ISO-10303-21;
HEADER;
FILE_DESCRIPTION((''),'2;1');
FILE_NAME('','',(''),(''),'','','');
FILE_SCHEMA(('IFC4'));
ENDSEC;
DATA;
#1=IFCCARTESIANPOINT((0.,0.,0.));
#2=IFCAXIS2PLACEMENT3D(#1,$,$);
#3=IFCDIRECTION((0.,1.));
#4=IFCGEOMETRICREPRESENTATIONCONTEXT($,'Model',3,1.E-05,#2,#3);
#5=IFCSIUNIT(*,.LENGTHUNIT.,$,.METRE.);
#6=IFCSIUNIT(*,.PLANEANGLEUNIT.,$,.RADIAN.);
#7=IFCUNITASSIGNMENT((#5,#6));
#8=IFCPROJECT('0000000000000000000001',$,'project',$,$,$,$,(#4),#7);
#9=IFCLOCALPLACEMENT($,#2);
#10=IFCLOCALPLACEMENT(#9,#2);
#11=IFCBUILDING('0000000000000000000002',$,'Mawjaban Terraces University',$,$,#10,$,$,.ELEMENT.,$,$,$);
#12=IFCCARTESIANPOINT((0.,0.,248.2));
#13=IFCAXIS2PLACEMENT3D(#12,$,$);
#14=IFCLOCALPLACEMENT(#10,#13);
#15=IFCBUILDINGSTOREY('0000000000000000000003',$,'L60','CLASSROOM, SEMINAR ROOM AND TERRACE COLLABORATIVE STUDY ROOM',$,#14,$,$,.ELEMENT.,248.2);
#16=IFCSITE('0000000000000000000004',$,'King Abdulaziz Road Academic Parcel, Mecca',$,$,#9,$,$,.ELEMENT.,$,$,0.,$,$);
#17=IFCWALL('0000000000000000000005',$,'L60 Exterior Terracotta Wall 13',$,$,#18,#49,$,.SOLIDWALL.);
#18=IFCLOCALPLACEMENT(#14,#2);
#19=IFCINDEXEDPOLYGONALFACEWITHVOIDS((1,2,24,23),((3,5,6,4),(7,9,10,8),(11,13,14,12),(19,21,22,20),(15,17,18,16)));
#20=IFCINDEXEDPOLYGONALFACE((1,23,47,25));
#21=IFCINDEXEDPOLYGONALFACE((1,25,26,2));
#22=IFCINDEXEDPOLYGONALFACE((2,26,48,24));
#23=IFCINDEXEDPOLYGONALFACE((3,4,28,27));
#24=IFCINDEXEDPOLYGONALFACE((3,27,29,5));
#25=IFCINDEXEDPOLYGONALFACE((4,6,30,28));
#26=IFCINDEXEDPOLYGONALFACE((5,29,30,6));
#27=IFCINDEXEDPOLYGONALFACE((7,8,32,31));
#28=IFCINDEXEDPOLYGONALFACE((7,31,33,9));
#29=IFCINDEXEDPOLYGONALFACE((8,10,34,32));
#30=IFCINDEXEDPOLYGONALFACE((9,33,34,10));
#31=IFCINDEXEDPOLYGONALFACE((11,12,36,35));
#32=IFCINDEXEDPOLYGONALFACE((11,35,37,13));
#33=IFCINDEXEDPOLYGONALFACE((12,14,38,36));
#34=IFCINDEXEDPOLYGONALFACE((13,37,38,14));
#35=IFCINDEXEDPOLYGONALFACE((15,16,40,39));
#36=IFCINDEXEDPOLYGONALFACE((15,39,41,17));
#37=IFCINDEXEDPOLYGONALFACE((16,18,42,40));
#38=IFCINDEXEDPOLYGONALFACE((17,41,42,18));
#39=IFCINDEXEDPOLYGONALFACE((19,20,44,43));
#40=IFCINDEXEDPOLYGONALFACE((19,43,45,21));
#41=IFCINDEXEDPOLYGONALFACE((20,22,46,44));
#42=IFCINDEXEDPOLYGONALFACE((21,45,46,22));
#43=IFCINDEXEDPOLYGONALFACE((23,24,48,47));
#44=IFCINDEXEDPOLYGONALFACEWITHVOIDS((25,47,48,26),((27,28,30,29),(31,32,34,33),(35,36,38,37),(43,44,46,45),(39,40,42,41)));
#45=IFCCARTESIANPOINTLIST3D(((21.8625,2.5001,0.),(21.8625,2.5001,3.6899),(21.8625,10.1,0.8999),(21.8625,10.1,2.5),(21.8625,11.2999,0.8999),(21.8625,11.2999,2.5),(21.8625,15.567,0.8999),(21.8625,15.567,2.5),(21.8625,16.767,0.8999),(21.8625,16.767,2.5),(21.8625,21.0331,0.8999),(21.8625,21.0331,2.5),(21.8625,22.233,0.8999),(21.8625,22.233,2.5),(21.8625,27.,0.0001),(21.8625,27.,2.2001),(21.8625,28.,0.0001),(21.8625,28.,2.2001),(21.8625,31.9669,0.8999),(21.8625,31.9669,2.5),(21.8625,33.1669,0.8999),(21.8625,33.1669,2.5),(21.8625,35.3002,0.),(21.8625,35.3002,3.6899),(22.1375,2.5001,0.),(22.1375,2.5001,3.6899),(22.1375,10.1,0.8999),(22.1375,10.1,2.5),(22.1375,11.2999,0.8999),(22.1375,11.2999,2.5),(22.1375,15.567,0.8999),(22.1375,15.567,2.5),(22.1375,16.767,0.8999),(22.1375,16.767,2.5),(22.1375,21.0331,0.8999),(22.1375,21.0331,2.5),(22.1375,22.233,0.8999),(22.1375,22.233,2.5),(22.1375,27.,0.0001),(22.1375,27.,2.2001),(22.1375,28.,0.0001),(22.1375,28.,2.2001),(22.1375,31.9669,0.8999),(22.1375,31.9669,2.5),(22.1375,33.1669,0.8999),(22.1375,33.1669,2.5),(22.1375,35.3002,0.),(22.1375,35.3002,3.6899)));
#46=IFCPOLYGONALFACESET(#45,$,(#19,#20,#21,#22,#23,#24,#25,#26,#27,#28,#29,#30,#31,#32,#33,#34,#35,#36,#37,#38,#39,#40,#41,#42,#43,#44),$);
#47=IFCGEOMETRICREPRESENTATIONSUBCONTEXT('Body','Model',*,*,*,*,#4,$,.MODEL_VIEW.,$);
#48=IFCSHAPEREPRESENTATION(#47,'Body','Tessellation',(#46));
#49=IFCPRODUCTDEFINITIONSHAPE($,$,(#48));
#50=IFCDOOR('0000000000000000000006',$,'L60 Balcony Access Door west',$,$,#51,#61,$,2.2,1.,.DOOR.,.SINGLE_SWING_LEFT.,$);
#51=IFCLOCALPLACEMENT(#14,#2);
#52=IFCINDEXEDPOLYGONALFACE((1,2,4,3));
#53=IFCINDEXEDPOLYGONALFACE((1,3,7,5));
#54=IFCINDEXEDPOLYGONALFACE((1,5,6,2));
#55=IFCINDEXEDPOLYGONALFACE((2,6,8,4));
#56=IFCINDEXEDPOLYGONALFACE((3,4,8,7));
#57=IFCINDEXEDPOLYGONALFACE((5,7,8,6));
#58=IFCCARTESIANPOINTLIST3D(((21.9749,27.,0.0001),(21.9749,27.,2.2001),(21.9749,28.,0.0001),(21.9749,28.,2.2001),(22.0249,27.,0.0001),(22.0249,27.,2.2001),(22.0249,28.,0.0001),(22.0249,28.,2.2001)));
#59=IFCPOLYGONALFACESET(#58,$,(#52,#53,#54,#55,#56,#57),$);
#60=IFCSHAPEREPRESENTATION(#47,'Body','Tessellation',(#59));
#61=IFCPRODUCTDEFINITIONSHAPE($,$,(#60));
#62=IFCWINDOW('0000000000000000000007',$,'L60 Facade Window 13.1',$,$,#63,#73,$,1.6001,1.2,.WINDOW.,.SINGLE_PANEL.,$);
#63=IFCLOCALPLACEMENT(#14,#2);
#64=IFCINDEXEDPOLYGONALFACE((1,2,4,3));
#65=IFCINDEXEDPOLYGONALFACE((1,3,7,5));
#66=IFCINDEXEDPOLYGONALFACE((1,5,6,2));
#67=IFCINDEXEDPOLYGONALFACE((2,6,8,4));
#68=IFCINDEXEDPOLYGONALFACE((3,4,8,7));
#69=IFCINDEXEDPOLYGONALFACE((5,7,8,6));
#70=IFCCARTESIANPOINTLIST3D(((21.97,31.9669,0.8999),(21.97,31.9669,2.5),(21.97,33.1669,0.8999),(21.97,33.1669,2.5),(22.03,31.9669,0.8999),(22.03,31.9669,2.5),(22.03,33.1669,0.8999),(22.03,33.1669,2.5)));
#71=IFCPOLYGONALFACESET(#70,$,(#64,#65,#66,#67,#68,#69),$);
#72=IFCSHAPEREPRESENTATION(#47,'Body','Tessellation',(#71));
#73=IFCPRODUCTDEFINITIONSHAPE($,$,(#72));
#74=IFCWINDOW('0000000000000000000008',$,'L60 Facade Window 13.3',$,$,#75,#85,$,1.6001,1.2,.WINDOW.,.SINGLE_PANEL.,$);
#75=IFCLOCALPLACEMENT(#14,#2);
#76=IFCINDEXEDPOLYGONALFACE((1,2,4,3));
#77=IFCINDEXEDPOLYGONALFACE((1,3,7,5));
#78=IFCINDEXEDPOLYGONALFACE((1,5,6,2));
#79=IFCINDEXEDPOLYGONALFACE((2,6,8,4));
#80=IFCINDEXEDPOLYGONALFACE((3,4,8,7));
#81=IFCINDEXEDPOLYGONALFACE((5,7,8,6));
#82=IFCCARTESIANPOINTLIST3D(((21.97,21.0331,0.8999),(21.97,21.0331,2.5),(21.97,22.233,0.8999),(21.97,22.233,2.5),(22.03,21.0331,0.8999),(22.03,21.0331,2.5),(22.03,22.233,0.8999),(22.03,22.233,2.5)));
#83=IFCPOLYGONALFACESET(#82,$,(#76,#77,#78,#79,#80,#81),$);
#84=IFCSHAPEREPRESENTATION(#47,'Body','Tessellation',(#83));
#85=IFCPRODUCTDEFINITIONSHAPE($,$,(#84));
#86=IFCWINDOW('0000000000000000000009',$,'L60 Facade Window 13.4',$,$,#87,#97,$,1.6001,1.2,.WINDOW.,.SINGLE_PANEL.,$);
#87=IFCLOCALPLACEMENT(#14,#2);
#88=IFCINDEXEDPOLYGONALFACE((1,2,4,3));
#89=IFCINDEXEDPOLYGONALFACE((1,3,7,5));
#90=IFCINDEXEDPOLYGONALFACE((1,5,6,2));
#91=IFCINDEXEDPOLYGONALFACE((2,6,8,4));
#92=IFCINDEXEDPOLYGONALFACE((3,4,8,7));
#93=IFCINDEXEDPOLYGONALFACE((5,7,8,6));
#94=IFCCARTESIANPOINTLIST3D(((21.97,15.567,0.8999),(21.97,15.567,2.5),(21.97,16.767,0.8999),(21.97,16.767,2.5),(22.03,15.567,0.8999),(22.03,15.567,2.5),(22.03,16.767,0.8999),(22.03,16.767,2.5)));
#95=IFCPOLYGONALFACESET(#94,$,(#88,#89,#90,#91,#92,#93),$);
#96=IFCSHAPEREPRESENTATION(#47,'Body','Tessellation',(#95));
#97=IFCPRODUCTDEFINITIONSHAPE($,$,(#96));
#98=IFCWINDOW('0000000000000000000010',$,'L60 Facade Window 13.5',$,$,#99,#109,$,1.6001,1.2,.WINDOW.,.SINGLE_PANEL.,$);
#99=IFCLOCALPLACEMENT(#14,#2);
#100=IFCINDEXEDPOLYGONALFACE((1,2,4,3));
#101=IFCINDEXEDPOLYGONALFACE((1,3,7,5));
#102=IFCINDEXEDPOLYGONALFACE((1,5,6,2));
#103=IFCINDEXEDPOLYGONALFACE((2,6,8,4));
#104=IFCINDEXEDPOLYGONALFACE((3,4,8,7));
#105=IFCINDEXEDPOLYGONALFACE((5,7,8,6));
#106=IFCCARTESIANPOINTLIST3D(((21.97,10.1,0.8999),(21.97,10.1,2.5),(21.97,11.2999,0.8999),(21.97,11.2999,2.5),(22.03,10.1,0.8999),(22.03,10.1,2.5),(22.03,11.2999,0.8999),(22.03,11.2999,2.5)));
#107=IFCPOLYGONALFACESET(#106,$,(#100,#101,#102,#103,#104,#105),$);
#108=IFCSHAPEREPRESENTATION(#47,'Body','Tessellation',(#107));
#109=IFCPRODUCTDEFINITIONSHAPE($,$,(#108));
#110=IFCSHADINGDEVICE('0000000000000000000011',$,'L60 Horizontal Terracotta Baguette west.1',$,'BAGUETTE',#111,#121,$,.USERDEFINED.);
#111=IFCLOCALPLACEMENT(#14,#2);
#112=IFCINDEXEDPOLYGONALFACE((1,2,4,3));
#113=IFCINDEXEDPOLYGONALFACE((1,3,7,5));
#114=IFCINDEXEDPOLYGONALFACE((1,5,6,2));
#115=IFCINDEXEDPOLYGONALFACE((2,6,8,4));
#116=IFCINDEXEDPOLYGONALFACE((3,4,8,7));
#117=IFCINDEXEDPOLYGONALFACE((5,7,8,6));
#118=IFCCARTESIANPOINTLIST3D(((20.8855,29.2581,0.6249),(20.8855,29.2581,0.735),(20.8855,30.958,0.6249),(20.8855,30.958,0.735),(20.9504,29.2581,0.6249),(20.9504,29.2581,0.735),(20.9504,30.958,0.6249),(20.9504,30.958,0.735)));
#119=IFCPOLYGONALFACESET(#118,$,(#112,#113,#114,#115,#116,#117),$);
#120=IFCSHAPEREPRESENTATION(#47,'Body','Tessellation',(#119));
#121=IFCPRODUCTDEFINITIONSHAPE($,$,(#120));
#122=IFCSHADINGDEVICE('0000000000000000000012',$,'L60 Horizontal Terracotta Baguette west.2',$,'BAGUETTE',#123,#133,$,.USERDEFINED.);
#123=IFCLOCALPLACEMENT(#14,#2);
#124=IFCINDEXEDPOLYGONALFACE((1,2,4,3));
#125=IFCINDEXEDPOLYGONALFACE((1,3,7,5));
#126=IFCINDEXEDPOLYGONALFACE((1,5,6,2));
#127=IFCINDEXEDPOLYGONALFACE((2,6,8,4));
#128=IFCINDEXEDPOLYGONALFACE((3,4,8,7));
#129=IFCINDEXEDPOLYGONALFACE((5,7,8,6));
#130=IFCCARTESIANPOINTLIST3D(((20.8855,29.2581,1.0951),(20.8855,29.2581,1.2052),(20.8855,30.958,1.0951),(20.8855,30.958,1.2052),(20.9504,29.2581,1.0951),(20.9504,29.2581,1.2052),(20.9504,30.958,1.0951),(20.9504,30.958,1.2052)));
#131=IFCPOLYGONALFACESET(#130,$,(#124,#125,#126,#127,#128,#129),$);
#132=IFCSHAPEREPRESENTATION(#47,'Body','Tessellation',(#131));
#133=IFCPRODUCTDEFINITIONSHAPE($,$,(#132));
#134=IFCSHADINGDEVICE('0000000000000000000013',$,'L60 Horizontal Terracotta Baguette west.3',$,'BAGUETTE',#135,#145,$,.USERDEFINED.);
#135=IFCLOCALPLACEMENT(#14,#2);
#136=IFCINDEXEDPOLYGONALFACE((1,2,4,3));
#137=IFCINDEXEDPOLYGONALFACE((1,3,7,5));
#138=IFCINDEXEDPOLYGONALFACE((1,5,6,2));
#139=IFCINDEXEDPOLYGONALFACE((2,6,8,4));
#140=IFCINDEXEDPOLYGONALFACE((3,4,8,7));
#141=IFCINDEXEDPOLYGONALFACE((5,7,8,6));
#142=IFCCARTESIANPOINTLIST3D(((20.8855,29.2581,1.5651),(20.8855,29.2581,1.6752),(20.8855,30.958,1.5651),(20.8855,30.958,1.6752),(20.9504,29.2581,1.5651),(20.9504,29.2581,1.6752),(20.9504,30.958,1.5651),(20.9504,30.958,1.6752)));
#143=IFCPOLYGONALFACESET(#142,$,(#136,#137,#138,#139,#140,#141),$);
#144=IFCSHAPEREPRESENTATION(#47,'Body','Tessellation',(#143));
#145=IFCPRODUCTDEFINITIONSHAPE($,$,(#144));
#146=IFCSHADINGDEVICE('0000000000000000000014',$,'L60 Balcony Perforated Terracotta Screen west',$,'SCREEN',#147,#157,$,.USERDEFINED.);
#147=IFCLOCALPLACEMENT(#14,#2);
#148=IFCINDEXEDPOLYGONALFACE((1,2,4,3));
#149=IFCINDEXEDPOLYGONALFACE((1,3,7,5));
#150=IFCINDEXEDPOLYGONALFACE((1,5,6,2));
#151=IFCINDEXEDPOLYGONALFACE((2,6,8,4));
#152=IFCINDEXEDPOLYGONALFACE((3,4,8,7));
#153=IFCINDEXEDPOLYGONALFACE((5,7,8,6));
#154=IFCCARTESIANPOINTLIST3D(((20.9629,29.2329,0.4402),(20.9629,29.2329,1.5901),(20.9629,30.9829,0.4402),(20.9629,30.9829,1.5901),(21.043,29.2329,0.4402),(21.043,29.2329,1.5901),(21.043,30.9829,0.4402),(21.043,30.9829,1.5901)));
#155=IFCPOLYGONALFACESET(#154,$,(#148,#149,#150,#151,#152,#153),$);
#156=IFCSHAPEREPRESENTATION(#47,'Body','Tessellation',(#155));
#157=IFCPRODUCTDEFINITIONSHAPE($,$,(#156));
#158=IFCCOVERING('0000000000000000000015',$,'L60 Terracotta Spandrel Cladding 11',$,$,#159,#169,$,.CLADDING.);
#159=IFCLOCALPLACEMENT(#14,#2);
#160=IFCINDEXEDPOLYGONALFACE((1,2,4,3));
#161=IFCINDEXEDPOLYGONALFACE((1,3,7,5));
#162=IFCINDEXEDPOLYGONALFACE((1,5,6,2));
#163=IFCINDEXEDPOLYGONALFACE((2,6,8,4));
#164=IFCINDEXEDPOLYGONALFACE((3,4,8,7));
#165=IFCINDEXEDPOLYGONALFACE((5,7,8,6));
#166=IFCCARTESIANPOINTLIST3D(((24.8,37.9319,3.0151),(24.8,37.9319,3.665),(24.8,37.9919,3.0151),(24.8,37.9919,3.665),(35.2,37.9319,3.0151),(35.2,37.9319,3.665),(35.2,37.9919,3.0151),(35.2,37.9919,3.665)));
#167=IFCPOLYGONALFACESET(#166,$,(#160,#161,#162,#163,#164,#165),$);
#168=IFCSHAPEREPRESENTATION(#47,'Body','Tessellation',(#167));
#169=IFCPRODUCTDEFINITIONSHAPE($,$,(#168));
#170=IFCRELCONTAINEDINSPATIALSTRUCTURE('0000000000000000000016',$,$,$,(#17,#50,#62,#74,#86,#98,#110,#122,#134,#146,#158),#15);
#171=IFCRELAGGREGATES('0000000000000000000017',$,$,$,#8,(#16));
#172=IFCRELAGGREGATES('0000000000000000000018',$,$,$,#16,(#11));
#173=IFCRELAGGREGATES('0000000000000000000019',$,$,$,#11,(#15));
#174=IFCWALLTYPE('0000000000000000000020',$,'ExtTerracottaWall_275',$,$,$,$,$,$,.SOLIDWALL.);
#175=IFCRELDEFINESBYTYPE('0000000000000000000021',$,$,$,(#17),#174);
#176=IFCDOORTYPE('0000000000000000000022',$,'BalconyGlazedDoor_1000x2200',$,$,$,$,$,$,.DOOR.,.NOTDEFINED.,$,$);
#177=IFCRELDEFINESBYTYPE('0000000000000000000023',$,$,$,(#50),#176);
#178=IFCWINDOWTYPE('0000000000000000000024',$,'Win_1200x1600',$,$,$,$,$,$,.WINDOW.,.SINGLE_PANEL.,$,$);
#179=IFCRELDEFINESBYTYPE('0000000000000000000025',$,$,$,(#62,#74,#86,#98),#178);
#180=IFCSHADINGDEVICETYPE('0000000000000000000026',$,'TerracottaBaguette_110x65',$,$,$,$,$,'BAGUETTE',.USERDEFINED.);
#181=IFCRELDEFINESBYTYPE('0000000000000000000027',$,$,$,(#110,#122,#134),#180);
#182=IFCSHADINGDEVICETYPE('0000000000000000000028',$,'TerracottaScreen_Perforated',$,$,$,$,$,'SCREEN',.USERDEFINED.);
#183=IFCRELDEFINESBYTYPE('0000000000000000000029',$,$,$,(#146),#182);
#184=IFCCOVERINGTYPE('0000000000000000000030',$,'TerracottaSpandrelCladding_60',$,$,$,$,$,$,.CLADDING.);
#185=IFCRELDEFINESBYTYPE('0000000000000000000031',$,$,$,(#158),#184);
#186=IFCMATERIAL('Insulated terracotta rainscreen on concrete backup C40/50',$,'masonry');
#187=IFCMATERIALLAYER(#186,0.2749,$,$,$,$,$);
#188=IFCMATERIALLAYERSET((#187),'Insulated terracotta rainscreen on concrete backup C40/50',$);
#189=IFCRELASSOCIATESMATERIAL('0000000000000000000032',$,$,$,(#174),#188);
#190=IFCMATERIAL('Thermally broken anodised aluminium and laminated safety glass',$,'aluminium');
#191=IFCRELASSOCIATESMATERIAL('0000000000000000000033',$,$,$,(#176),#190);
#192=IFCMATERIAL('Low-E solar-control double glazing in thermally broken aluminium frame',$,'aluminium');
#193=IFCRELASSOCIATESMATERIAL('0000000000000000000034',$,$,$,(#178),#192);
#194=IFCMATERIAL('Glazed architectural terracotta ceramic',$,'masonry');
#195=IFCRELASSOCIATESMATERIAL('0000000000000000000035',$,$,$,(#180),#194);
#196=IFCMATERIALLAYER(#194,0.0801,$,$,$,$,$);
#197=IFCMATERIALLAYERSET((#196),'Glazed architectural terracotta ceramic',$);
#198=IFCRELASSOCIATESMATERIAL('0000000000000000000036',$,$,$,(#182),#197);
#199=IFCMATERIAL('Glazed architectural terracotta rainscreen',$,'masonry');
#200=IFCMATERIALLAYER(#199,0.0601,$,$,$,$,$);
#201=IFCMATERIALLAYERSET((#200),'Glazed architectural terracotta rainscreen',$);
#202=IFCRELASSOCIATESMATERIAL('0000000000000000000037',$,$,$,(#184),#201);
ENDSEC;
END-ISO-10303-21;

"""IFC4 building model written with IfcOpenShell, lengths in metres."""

from ifc_helpers import new_model, si_unit, direction, frame, frame_2d, origin, origin_2d, place, context, subcontext, project, spatial, rectangle, extrude, material, layer, layer_set, material_profile, profile_set, type_object, element, fill, save


model = new_model("IFC4")

# Units and contexts
model_context = context("Model", 3, precision=1e-05, world=origin(), true_north=direction((0.0, 1.0)))
body_context = subcontext(model_context, "Body", "Model", "MODEL_VIEW")
ifc_project = project(units=[si_unit("LENGTHUNIT", "METRE"), si_unit("PLANEANGLEUNIT", "RADIAN")], contexts=[model_context])

# Site, building, storey
site_placement = place(None, origin())
site = spatial("IfcSite", under=ifc_project, at=site_placement, Name="King Abdulaziz Road Academic Parcel, Mecca", CompositionType="ELEMENT", RefElevation=0.0)
building_placement = place(site_placement, origin())
building = spatial("IfcBuilding", under=site, at=building_placement, Name="Mawjaban Terraces University", CompositionType="ELEMENT")
storey_placement = place(building_placement, frame((0.0, 0.0, 248.2)))
storey = spatial("IfcBuildingStorey", under=building, at=storey_placement, Name="L60", Description="CLASSROOM, SEMINAR ROOM AND TERRACE COLLABORATIVE STUDY ROOM", CompositionType="ELEMENT", Elevation=248.2)

# Shared definitions
ifc_material_1 = material(Name="Insulated terracotta rainscreen on concrete backup C40/50", Category="masonry")
ifc_layer_1 = layer(ifc_material_1, 0.2749)
ifc_layer_set_1 = layer_set([ifc_layer_1], Name="Insulated terracotta rainscreen on concrete backup C40/50")
wall_type_1 = type_object("IfcWallType", Name="ExtTerracottaWall_275", PredefinedType="SOLIDWALL", material=ifc_layer_set_1)

# Wall, openings, door, windows
wall_1_placement = place(storey_placement, frame((22.0, 35.3, 0.0), z_axis=(0.0, 0.0, 1.0), x_axis=(0.0, -1.0, 0.0)))
wall_1 = element("IfcWall", 1, at=wall_1_placement, inside=storey, type_object=wall_type_1, Name="L60 Exterior Terracotta Wall 13", PredefinedType="SOLIDWALL", context=body_context, shape_type="SweptSolid", body=[
    extrude(rectangle(XDim=32.8, YDim=0.2749, at=frame_2d((16.3999, 0.0))), origin(), (0.0, 0.0, 1.0), 3.6899),
])
opening_1_placement = place(wall_1_placement, frame((7.3, 0.0, 0.0)))
opening_1 = element("IfcOpeningElement", 2, at=opening_1_placement, cuts=wall_1, PredefinedType="OPENING", context=body_context, shape_type="SweptSolid", body=[
    extrude(rectangle(XDim=1.0, YDim=2.2, at=frame_2d((0.5, 1.1001))), frame((0.0, 0.1475, 0.0), z_axis=(0.0, -1.0, 0.0), x_axis=(1.0, 0.0, 0.0)), (0.0, 0.0, 1.0), 0.2949),
])
opening_2_placement = place(wall_1_placement, frame((2.1331, 0.0, 0.8999)))
opening_2 = element("IfcOpeningElement", 3, at=opening_2_placement, cuts=wall_1, PredefinedType="OPENING", context=body_context, shape_type="SweptSolid", body=[
    extrude(rectangle(XDim=1.2, YDim=1.6001, at=frame_2d((0.6001, 0.8))), frame((0.0, 0.1475, 0.0), z_axis=(0.0, -1.0, 0.0), x_axis=(1.0, 0.0, 0.0)), (0.0, 0.0, 1.0), 0.2949),
])
opening_3_placement = place(wall_1_placement, frame((13.0669, 0.0, 0.8999)))
opening_3 = element("IfcOpeningElement", 4, at=opening_3_placement, cuts=wall_1, PredefinedType="OPENING", context=body_context, shape_type="SweptSolid", body=[
    extrude(rectangle(XDim=1.2, YDim=1.6001, at=frame_2d((0.6001, 0.8))), frame((0.0, 0.1475, 0.0), z_axis=(0.0, -1.0, 0.0), x_axis=(1.0, 0.0, 0.0)), (0.0, 0.0, 1.0), 0.2949),
])
opening_4_placement = place(wall_1_placement, frame((18.533, 0.0, 0.8999)))
opening_4 = element("IfcOpeningElement", 5, at=opening_4_placement, cuts=wall_1, PredefinedType="OPENING", context=body_context, shape_type="SweptSolid", body=[
    extrude(rectangle(XDim=1.2, YDim=1.6001, at=frame_2d((0.6001, 0.8))), frame((0.0, 0.1475, 0.0), z_axis=(0.0, -1.0, 0.0), x_axis=(1.0, 0.0, 0.0)), (0.0, 0.0, 1.0), 0.2949),
])
opening_5_placement = place(wall_1_placement, frame((24.0, 0.0, 0.8999)))
opening_5 = element("IfcOpeningElement", 6, at=opening_5_placement, cuts=wall_1, PredefinedType="OPENING", context=body_context, shape_type="SweptSolid", body=[
    extrude(rectangle(XDim=1.2, YDim=1.6001, at=frame_2d((0.6001, 0.8))), frame((0.0, 0.1475, 0.0), z_axis=(0.0, -1.0, 0.0), x_axis=(1.0, 0.0, 0.0)), (0.0, 0.0, 1.0), 0.2949),
])
ifc_material_2 = material(Name="Thermally broken anodised aluminium and laminated safety glass", Category="aluminium")
door_type_1 = type_object("IfcDoorType", Name="BalconyGlazedDoor_1000x2200", OperationType="NOTDEFINED", PredefinedType="DOOR", material=ifc_material_2)
door_1_placement = place(opening_1_placement, origin())
door_1 = element("IfcDoor", 7, at=door_1_placement, inside=storey, type_object=door_type_1, Name="L60 Balcony Access Door west", OperationType="SINGLE_SWING_LEFT", OverallHeight=2.2, OverallWidth=1.0, PredefinedType="DOOR", context=body_context, shape_type="SweptSolid", body=[
    extrude(rectangle(XDim=1.0, YDim=2.2, at=frame_2d((0.5, 1.1001))), frame((0.0, 0.0249, 0.0), z_axis=(0.0, -1.0, 0.0), x_axis=(1.0, 0.0, 0.0)), (0.0, 0.0, 1.0), 0.05),
])
fill(opening_1, door_1)
ifc_material_3 = material(Name="Low-E solar-control double glazing in thermally broken aluminium frame", Category="aluminium")
window_type = type_object("IfcWindowType", Name="Win_1200x1600", PartitioningType="SINGLE_PANEL", PredefinedType="WINDOW", material=ifc_material_3)
window_1_placement = place(opening_2_placement, origin())
window_1 = element("IfcWindow", 8, at=window_1_placement, inside=storey, type_object=window_type, Name="L60 Facade Window 13.1", OverallHeight=1.6001, OverallWidth=1.2, PartitioningType="SINGLE_PANEL", PredefinedType="WINDOW", context=body_context, shape_type="SweptSolid", body=[
    extrude(rectangle(XDim=1.2, YDim=1.6001, at=frame_2d((0.6001, 0.8))), frame((0.0, 0.03, 0.0), z_axis=(0.0, -1.0, 0.0), x_axis=(1.0, 0.0, 0.0)), (0.0, 0.0, 1.0), 0.0601),
])
fill(opening_2, window_1)
window_2_placement = place(opening_3_placement, origin())
window_2 = element("IfcWindow", 9, at=window_2_placement, inside=storey, type_object=window_type, Name="L60 Facade Window 13.3", OverallHeight=1.6001, OverallWidth=1.2, PartitioningType="SINGLE_PANEL", PredefinedType="WINDOW", context=body_context, shape_type="SweptSolid", body=[
    extrude(rectangle(XDim=1.2, YDim=1.6001, at=frame_2d((0.6001, 0.8))), frame((0.0, 0.03, 0.0), z_axis=(0.0, -1.0, 0.0), x_axis=(1.0, 0.0, 0.0)), (0.0, 0.0, 1.0), 0.0601),
])
fill(opening_3, window_2)
window_3_placement = place(opening_4_placement, origin())
window_3 = element("IfcWindow", 10, at=window_3_placement, inside=storey, type_object=window_type, Name="L60 Facade Window 13.4", OverallHeight=1.6001, OverallWidth=1.2, PartitioningType="SINGLE_PANEL", PredefinedType="WINDOW", context=body_context, shape_type="SweptSolid", body=[
    extrude(rectangle(XDim=1.2, YDim=1.6001, at=frame_2d((0.6001, 0.8))), frame((0.0, 0.03, 0.0), z_axis=(0.0, -1.0, 0.0), x_axis=(1.0, 0.0, 0.0)), (0.0, 0.0, 1.0), 0.0601),
])
fill(opening_4, window_3)
window_4_placement = place(opening_5_placement, origin())
window_4 = element("IfcWindow", 11, at=window_4_placement, inside=storey, type_object=window_type, Name="L60 Facade Window 13.5", OverallHeight=1.6001, OverallWidth=1.2, PartitioningType="SINGLE_PANEL", PredefinedType="WINDOW", context=body_context, shape_type="SweptSolid", body=[
    extrude(rectangle(XDim=1.2, YDim=1.6001, at=frame_2d((0.6001, 0.8))), frame((0.0, 0.03, 0.0), z_axis=(0.0, -1.0, 0.0), x_axis=(1.0, 0.0, 0.0)), (0.0, 0.0, 1.0), 0.0601),
])
fill(opening_5, window_4)

# Shading devices
ifc_material_4 = material(Name="Glazed architectural terracotta ceramic", Category="masonry")
ifc_material_profile_1 = material_profile(ifc_material_4, rectangle(XDim=0.0649, YDim=0.1101, at=origin_2d()), Name="TBAG110X65")
ifc_profile_set_1 = profile_set([ifc_material_profile_1], Name="Glazed architectural terracotta ceramic")
shading_device_type_1 = type_object("IfcShadingDeviceType", Name="TerracottaBaguette_110x65", ElementType="BAGUETTE", PredefinedType="USERDEFINED", material=ifc_profile_set_1)
for number, where, z_axis, x_axis, name in (
    (12, (20.918, 29.2581, 0.6799), (0.0, 1.0, 0.0), (-1.0, 0.0, 0.0), "L60 Horizontal Terracotta Baguette west.1"),
    (13, (20.918, 29.2581, 1.1501), (0.0, 1.0, 0.0), (-1.0, 0.0, 0.0), "L60 Horizontal Terracotta Baguette west.2"),
    (14, (20.918, 29.2581, 1.6201), (0.0, 1.0, 0.0), (-1.0, 0.0, 0.0), "L60 Horizontal Terracotta Baguette west.3"),
):
    element("IfcShadingDevice", number, at=place(storey_placement, frame(where, z_axis=z_axis, x_axis=x_axis)), inside=storey, type_object=shading_device_type_1, Name=name, ObjectType="BAGUETTE", PredefinedType="USERDEFINED", context=body_context, shape_type="SweptSolid", body=[
        extrude(rectangle(XDim=0.0649, YDim=0.1101, at=origin_2d()), origin(), (0.0, 0.0, 1.0), 1.7),
    ])
ifc_layer_2 = layer(ifc_material_4, 0.0801)
ifc_layer_set_2 = layer_set([ifc_layer_2], Name="Glazed architectural terracotta ceramic")
shading_device_type_2 = type_object("IfcShadingDeviceType", Name="TerracottaScreen_Perforated", ElementType="SCREEN", PredefinedType="USERDEFINED", material=ifc_layer_set_2)
shading_device_placement = place(storey_placement, frame((21.0029, 30.1079, 0.4402), z_axis=(0.0, 0.0, 1.0), x_axis=(0.0, 1.0, 0.0)))
element("IfcShadingDevice", 15, at=shading_device_placement, inside=storey, type_object=shading_device_type_2, Name="L60 Balcony Perforated Terracotta Screen west", ObjectType="SCREEN", PredefinedType="USERDEFINED", context=body_context, shape_type="SweptSolid", body=[
    extrude(rectangle(XDim=1.75, YDim=0.0801, at=origin_2d()), origin(), (0.0, 0.0, 1.0), 1.1499),
])

# Covering
ifc_material_5 = material(Name="Glazed architectural terracotta rainscreen", Category="masonry")
ifc_layer_3 = layer(ifc_material_5, 0.0601)
ifc_layer_set_3 = layer_set([ifc_layer_3], Name="Glazed architectural terracotta rainscreen")
covering_type = type_object("IfcCoveringType", Name="TerracottaSpandrelCladding_60", PredefinedType="CLADDING", material=ifc_layer_set_3)
covering_placement = place(storey_placement, frame((30.0, 37.9619, 3.0151), z_axis=(0.0, 0.0, 1.0), x_axis=(-1.0, 0.0, 0.0)))
element("IfcCovering", 16, at=covering_placement, inside=storey, type_object=covering_type, Name="L60 Terracotta Spandrel Cladding 11", PredefinedType="CLADDING", context=body_context, shape_type="SweptSolid", body=[
    extrude(rectangle(XDim=10.3999, YDim=0.0601, at=origin_2d()), origin(), (0.0, 0.0, 1.0), 0.6499),
])

save(model, "model.ifc")
